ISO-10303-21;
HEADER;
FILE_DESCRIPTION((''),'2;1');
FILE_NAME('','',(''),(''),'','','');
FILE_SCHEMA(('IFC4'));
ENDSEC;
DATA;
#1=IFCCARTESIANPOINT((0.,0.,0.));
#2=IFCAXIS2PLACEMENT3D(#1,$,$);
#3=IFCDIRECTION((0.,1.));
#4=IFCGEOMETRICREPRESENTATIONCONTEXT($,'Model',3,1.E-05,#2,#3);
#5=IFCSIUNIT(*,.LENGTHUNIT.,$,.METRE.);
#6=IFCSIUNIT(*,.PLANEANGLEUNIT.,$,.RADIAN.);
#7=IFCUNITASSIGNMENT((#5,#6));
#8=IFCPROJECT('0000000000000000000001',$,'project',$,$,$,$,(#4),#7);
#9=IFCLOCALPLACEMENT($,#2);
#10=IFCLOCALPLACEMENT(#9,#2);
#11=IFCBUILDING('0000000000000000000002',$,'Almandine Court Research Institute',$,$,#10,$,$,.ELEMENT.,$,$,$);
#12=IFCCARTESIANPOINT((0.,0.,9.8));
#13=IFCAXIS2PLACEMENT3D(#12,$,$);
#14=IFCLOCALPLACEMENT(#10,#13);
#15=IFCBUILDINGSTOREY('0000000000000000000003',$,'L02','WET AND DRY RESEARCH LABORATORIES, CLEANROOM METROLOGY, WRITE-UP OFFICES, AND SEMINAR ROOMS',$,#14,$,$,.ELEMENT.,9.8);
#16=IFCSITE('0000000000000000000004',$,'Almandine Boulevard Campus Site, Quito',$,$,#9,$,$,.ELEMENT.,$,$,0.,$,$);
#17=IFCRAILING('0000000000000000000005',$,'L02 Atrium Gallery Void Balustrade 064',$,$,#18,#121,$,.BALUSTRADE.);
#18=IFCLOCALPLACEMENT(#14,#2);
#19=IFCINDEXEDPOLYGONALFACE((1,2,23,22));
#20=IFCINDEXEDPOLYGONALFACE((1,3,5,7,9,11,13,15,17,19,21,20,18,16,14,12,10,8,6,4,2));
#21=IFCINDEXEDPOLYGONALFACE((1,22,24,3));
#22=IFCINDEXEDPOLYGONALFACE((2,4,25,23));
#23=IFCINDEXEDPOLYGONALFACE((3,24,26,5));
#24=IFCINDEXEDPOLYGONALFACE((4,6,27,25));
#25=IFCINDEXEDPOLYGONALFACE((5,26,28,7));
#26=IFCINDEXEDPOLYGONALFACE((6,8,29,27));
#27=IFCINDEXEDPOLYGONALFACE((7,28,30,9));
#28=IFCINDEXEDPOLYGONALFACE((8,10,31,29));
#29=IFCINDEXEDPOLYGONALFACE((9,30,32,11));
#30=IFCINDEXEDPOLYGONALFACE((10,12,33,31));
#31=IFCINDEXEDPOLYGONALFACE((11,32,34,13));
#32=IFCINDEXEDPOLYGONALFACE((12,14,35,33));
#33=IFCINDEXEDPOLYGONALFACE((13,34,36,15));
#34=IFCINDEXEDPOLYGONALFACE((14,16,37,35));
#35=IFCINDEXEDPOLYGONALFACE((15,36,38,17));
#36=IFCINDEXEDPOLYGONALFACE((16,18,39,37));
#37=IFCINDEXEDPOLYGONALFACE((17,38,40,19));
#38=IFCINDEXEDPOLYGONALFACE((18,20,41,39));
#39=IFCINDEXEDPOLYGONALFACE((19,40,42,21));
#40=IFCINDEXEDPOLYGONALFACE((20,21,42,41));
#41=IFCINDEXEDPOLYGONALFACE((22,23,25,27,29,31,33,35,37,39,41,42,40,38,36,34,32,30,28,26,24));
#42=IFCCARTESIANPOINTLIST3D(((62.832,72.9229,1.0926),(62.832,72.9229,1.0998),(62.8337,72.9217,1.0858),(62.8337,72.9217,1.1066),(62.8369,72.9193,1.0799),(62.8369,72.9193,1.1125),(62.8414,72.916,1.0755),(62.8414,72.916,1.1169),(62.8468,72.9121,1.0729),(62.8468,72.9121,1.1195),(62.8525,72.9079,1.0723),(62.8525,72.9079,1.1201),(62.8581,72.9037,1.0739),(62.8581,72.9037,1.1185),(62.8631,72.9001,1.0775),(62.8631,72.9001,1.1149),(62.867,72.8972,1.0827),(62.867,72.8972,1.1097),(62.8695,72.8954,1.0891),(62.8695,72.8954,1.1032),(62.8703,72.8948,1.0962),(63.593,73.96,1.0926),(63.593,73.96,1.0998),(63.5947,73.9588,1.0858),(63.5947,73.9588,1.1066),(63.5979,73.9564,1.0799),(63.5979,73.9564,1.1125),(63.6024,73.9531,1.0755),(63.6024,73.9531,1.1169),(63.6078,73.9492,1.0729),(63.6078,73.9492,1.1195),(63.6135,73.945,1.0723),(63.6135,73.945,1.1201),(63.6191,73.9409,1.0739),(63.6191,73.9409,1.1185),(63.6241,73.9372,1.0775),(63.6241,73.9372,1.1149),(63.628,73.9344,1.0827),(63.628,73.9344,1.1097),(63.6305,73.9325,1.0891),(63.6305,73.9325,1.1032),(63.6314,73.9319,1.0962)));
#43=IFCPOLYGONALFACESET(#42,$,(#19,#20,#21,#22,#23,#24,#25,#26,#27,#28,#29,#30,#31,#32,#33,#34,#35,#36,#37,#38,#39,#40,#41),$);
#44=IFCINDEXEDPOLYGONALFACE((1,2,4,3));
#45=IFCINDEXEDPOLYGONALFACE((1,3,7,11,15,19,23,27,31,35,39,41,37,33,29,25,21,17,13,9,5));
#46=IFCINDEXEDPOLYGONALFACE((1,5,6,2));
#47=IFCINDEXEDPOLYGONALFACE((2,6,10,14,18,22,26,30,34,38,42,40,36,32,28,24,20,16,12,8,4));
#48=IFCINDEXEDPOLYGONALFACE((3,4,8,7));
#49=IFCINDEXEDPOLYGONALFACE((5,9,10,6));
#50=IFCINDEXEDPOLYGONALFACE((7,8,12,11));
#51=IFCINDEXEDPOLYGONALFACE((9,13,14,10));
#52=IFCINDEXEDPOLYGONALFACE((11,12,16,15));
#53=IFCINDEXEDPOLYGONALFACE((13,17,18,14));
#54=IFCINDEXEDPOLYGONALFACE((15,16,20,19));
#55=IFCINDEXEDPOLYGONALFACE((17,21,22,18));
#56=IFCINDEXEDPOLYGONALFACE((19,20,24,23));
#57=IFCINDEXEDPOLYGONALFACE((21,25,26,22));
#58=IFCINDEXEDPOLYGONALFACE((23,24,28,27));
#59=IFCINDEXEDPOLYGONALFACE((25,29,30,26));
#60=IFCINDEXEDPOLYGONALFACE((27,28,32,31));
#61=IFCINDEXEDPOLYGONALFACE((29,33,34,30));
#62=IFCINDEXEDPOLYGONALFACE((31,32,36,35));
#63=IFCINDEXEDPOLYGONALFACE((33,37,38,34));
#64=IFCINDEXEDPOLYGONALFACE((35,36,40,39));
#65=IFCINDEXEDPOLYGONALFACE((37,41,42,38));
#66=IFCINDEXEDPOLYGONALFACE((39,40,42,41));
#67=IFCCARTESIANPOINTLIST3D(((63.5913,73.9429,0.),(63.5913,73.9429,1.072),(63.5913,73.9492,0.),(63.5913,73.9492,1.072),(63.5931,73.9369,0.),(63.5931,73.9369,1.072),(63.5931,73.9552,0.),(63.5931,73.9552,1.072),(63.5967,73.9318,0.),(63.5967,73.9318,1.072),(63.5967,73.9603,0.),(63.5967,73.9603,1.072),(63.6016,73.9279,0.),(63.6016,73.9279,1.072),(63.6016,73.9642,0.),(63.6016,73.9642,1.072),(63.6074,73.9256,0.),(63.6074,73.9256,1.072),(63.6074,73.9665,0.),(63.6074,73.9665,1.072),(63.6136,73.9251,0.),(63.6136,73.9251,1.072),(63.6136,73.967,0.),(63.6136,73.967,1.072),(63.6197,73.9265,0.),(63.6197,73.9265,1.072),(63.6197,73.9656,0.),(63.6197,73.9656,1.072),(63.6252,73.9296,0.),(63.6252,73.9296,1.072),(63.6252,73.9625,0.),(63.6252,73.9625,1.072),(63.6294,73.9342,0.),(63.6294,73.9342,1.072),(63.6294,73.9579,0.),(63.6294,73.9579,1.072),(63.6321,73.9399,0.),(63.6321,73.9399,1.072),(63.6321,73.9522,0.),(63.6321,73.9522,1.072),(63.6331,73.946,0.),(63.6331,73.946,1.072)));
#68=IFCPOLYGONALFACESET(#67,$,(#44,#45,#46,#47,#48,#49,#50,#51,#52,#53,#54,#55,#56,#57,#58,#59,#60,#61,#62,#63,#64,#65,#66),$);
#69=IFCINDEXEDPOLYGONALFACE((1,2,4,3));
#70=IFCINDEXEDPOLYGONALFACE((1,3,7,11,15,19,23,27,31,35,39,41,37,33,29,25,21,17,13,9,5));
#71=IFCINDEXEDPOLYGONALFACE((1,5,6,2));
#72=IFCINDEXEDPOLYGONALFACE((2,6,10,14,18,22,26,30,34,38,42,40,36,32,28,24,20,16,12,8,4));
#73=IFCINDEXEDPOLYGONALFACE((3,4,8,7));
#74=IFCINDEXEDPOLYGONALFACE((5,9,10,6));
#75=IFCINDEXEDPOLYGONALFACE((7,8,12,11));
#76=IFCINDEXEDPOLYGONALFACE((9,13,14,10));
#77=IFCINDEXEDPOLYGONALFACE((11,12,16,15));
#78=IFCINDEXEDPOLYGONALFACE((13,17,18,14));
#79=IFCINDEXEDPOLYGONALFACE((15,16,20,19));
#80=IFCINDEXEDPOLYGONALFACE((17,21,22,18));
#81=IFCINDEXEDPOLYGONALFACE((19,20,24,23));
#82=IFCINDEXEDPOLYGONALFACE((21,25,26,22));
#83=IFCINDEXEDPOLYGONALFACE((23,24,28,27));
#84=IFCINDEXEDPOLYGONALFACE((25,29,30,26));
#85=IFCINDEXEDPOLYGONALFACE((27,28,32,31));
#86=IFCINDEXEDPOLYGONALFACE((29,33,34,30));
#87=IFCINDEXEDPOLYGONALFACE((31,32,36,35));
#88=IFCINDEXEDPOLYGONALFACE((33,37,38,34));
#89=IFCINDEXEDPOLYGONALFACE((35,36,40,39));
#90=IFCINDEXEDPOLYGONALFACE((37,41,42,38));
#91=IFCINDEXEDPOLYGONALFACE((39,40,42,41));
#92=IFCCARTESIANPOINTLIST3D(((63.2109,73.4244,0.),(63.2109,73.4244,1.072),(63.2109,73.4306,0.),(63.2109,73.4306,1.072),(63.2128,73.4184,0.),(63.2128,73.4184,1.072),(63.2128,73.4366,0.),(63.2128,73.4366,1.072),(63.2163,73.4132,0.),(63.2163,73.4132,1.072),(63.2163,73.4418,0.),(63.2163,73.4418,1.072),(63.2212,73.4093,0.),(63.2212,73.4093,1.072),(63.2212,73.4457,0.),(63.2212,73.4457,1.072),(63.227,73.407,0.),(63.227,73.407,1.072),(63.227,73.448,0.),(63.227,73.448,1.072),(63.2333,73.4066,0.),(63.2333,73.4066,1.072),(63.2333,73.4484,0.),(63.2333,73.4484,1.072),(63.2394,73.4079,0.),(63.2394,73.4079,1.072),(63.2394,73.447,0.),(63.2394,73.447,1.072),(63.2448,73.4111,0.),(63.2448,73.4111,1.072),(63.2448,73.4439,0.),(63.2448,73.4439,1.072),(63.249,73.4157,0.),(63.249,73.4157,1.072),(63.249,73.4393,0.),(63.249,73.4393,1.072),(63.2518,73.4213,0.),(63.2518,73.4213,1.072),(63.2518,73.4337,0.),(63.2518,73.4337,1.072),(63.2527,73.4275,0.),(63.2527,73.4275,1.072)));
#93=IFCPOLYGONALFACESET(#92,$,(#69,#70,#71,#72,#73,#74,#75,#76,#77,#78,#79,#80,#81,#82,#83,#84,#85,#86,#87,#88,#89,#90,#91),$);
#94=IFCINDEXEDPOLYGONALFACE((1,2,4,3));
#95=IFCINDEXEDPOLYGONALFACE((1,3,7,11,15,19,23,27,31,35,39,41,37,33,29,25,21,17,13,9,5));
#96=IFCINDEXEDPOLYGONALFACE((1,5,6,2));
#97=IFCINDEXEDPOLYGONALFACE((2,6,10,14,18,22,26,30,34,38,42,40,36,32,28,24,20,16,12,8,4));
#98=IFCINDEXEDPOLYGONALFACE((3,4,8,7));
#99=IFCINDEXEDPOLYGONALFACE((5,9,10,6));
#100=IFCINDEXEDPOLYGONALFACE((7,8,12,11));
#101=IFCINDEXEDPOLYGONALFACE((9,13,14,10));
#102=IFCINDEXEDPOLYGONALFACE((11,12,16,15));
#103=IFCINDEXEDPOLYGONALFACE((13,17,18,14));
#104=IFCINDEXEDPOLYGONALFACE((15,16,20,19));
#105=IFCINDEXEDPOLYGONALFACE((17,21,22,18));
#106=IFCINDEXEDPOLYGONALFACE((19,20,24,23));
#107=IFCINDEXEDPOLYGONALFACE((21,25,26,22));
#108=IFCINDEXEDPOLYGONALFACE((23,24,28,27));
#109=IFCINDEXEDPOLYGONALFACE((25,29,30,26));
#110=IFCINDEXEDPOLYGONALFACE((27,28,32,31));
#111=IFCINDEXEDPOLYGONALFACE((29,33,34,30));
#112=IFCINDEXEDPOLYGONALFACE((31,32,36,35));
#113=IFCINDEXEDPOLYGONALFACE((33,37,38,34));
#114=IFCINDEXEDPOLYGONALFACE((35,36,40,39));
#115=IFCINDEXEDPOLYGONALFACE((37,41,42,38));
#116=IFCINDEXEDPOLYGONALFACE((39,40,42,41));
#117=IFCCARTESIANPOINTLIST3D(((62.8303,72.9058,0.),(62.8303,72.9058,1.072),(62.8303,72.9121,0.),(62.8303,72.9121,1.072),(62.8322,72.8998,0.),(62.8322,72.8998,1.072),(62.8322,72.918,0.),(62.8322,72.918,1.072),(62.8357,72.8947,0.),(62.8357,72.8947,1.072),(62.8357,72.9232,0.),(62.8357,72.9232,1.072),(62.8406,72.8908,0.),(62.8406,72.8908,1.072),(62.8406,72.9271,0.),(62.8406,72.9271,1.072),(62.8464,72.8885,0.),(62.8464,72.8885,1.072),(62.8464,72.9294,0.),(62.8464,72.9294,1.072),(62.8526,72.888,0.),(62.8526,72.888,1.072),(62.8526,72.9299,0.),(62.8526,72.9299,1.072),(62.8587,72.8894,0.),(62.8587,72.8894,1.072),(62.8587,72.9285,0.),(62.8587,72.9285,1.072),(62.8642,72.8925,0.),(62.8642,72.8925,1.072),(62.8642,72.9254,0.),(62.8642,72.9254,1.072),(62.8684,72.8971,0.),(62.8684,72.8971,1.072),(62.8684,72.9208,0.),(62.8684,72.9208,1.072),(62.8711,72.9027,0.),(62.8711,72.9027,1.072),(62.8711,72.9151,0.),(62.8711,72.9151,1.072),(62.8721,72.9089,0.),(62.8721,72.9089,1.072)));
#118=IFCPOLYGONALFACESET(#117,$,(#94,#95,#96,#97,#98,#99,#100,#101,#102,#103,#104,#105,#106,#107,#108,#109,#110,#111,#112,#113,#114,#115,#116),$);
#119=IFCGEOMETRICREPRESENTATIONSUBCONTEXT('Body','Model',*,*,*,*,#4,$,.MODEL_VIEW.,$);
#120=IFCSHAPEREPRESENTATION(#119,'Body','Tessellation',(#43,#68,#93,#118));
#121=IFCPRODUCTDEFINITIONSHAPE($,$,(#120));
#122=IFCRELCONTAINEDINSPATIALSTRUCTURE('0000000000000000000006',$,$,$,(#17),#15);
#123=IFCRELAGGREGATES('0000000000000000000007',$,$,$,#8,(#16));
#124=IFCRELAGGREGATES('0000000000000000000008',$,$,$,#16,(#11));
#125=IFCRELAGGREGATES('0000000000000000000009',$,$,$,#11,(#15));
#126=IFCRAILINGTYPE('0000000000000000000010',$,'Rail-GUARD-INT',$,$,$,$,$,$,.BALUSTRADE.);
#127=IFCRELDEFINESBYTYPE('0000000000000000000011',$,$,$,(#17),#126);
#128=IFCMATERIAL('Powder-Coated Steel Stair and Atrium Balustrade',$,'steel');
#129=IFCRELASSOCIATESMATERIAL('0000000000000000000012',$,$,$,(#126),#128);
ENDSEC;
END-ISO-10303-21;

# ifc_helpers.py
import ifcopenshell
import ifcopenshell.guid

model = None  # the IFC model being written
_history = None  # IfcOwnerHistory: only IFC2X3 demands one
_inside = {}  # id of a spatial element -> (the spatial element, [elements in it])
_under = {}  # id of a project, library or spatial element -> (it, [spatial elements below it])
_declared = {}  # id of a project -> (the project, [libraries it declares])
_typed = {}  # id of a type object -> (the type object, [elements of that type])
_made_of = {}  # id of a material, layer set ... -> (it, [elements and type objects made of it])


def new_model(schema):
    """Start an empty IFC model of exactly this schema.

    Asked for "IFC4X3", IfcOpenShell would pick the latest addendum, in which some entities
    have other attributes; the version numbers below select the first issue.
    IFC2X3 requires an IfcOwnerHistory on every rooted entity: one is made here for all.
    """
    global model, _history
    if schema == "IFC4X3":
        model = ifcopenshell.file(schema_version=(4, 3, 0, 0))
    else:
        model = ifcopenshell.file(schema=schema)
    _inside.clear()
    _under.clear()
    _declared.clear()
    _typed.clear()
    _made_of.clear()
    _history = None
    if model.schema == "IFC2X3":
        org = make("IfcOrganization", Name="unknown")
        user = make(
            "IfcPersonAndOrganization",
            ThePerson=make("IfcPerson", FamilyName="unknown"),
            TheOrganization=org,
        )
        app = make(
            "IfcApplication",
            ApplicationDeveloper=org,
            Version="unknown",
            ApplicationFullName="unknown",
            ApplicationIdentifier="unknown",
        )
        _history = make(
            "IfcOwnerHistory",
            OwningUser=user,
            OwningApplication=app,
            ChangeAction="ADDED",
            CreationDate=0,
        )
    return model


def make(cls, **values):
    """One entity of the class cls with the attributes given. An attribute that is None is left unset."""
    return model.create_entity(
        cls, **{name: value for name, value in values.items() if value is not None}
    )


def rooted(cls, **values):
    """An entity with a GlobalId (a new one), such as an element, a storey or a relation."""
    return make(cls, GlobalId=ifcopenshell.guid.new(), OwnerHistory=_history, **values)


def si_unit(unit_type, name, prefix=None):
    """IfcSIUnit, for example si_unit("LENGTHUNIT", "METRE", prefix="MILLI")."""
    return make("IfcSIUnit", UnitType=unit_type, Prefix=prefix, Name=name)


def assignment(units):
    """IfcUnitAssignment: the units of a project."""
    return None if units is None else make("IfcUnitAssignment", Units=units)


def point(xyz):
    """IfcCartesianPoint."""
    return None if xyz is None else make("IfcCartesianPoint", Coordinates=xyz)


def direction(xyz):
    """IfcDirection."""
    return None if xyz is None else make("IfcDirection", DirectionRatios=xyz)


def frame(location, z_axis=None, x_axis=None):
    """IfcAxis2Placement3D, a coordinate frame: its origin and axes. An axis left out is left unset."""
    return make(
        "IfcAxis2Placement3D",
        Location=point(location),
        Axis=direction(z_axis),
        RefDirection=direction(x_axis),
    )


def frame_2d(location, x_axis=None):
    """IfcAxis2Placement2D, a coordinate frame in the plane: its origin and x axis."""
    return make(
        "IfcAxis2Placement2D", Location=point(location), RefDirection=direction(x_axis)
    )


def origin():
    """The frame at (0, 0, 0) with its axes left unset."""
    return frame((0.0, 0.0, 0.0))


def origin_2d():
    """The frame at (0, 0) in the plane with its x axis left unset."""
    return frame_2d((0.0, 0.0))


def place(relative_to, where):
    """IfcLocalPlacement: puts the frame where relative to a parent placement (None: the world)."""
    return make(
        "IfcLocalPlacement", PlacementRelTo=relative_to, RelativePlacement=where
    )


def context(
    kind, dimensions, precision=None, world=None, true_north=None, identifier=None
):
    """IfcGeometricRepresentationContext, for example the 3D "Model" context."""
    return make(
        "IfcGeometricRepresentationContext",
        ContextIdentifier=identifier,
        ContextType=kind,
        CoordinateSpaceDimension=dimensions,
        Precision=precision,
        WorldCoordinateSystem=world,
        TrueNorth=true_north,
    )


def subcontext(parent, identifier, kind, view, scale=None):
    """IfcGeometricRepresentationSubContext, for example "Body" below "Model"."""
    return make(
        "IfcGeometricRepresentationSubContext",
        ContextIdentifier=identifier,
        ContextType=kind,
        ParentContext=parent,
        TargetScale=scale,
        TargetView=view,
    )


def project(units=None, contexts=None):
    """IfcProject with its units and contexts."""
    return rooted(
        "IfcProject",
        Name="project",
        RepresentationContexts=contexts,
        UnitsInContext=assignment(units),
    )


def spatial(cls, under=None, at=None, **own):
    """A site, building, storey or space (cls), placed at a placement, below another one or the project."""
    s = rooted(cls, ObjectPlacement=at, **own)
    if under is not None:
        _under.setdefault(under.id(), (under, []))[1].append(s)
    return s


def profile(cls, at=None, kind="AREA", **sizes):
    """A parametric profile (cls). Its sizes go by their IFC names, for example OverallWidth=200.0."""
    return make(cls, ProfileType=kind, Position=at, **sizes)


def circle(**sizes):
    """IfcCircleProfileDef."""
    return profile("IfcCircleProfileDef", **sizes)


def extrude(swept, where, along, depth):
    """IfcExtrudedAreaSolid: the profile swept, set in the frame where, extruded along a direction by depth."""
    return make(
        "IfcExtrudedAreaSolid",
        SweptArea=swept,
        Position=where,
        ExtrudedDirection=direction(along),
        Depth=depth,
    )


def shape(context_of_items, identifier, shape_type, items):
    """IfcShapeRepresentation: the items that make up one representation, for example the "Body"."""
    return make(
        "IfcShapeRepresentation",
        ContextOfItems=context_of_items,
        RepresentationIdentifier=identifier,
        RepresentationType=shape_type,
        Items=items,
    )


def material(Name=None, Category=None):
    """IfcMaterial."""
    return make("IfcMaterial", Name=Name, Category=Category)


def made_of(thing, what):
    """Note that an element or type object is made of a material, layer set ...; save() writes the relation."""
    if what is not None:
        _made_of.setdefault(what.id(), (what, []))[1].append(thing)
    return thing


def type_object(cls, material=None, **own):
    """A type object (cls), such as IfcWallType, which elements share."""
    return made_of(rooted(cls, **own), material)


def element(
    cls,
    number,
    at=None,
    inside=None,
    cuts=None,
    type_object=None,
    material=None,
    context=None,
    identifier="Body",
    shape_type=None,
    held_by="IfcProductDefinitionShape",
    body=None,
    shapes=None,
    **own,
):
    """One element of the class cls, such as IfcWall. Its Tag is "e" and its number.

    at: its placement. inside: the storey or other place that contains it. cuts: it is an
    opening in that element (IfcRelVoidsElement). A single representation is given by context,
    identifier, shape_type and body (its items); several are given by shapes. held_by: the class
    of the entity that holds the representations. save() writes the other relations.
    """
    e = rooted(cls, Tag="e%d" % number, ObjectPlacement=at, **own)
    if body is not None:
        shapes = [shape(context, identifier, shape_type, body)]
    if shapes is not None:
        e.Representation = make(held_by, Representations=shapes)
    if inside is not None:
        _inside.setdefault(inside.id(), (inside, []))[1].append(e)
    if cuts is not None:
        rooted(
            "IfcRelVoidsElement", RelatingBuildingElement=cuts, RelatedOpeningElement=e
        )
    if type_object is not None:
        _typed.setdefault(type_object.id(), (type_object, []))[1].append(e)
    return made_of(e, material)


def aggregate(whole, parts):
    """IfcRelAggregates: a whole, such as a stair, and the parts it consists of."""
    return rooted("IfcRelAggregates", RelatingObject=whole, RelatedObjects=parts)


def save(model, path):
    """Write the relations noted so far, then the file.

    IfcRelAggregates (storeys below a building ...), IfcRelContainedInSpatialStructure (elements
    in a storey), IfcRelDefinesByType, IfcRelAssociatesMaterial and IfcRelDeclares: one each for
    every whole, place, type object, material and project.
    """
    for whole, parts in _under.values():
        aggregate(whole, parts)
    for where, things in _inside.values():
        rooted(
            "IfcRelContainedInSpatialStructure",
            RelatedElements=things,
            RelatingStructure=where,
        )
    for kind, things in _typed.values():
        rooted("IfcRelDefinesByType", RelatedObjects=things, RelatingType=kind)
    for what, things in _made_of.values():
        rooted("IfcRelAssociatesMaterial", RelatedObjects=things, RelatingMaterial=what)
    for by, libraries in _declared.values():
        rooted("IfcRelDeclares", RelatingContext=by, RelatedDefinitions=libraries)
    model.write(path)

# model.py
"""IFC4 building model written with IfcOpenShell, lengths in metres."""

from ifc_helpers import new_model, si_unit, direction, frame, origin, origin_2d, place, context, subcontext, project, spatial, circle, extrude, material, type_object, element, save


model = new_model("IFC4")

# Units and contexts
model_context = context("Model", 3, precision=1e-05, world=origin(), true_north=direction((0.0, 1.0)))
body_context = subcontext(model_context, "Body", "Model", "MODEL_VIEW")
ifc_project = project(units=[si_unit("LENGTHUNIT", "METRE"), si_unit("PLANEANGLEUNIT", "RADIAN")], contexts=[model_context])

# Site, building, storey
site_placement = place(None, origin())
site = spatial("IfcSite", under=ifc_project, at=site_placement, Name="Almandine Boulevard Campus Site, Quito", CompositionType="ELEMENT", RefElevation=0.0)
building_placement = place(site_placement, origin())
building = spatial("IfcBuilding", under=site, at=building_placement, Name="Almandine Court Research Institute", CompositionType="ELEMENT")
storey_placement = place(building_placement, frame((0.0, 0.0, 9.8)))
storey = spatial("IfcBuildingStorey", under=building, at=storey_placement, Name="L02", Description="WET AND DRY RESEARCH LABORATORIES, CLEANROOM METROLOGY, WRITE-UP OFFICES, AND SEMINAR ROOMS", CompositionType="ELEMENT", Elevation=9.8)

# Railing
ifc_material_1 = material(Name="Powder-Coated Steel Stair and Atrium Balustrade", Category="steel")
railing_type = type_object("IfcRailingType", Name="Rail-GUARD-INT", PredefinedType="BALUSTRADE", material=ifc_material_1)
railing_1_placement = place(storey_placement, frame((63.6121, 73.946, 0.0)))
element("IfcRailing", 1, at=railing_1_placement, inside=storey, type_object=railing_type, Name="L02 Atrium Gallery Void Balustrade 064", PredefinedType="BALUSTRADE", context=body_context, shape_type="SweptSolid", body=[
    extrude(circle(Radius=0.0239, at=origin_2d()), frame((0.0, 0.0, 1.0962), z_axis=(-0.591586, -0.806242, 0.0), x_axis=(0.806242, -0.591586, 0.0)), (0.0, 0.0, 1.0), 1.2864),
    extrude(circle(Radius=0.021, at=origin_2d()), origin(), (0.0, 0.0, 1.0), 1.072),
    extrude(circle(Radius=0.021, at=origin_2d()), frame((-0.3804, -0.5186, 0.0)), (0.0, 0.0, 1.0), 1.072),
    extrude(circle(Radius=0.021, at=origin_2d()), frame((-0.761, -1.0371, 0.0)), (0.0, 0.0, 1.0), 1.072),
])

save(model, "model.ifc")
